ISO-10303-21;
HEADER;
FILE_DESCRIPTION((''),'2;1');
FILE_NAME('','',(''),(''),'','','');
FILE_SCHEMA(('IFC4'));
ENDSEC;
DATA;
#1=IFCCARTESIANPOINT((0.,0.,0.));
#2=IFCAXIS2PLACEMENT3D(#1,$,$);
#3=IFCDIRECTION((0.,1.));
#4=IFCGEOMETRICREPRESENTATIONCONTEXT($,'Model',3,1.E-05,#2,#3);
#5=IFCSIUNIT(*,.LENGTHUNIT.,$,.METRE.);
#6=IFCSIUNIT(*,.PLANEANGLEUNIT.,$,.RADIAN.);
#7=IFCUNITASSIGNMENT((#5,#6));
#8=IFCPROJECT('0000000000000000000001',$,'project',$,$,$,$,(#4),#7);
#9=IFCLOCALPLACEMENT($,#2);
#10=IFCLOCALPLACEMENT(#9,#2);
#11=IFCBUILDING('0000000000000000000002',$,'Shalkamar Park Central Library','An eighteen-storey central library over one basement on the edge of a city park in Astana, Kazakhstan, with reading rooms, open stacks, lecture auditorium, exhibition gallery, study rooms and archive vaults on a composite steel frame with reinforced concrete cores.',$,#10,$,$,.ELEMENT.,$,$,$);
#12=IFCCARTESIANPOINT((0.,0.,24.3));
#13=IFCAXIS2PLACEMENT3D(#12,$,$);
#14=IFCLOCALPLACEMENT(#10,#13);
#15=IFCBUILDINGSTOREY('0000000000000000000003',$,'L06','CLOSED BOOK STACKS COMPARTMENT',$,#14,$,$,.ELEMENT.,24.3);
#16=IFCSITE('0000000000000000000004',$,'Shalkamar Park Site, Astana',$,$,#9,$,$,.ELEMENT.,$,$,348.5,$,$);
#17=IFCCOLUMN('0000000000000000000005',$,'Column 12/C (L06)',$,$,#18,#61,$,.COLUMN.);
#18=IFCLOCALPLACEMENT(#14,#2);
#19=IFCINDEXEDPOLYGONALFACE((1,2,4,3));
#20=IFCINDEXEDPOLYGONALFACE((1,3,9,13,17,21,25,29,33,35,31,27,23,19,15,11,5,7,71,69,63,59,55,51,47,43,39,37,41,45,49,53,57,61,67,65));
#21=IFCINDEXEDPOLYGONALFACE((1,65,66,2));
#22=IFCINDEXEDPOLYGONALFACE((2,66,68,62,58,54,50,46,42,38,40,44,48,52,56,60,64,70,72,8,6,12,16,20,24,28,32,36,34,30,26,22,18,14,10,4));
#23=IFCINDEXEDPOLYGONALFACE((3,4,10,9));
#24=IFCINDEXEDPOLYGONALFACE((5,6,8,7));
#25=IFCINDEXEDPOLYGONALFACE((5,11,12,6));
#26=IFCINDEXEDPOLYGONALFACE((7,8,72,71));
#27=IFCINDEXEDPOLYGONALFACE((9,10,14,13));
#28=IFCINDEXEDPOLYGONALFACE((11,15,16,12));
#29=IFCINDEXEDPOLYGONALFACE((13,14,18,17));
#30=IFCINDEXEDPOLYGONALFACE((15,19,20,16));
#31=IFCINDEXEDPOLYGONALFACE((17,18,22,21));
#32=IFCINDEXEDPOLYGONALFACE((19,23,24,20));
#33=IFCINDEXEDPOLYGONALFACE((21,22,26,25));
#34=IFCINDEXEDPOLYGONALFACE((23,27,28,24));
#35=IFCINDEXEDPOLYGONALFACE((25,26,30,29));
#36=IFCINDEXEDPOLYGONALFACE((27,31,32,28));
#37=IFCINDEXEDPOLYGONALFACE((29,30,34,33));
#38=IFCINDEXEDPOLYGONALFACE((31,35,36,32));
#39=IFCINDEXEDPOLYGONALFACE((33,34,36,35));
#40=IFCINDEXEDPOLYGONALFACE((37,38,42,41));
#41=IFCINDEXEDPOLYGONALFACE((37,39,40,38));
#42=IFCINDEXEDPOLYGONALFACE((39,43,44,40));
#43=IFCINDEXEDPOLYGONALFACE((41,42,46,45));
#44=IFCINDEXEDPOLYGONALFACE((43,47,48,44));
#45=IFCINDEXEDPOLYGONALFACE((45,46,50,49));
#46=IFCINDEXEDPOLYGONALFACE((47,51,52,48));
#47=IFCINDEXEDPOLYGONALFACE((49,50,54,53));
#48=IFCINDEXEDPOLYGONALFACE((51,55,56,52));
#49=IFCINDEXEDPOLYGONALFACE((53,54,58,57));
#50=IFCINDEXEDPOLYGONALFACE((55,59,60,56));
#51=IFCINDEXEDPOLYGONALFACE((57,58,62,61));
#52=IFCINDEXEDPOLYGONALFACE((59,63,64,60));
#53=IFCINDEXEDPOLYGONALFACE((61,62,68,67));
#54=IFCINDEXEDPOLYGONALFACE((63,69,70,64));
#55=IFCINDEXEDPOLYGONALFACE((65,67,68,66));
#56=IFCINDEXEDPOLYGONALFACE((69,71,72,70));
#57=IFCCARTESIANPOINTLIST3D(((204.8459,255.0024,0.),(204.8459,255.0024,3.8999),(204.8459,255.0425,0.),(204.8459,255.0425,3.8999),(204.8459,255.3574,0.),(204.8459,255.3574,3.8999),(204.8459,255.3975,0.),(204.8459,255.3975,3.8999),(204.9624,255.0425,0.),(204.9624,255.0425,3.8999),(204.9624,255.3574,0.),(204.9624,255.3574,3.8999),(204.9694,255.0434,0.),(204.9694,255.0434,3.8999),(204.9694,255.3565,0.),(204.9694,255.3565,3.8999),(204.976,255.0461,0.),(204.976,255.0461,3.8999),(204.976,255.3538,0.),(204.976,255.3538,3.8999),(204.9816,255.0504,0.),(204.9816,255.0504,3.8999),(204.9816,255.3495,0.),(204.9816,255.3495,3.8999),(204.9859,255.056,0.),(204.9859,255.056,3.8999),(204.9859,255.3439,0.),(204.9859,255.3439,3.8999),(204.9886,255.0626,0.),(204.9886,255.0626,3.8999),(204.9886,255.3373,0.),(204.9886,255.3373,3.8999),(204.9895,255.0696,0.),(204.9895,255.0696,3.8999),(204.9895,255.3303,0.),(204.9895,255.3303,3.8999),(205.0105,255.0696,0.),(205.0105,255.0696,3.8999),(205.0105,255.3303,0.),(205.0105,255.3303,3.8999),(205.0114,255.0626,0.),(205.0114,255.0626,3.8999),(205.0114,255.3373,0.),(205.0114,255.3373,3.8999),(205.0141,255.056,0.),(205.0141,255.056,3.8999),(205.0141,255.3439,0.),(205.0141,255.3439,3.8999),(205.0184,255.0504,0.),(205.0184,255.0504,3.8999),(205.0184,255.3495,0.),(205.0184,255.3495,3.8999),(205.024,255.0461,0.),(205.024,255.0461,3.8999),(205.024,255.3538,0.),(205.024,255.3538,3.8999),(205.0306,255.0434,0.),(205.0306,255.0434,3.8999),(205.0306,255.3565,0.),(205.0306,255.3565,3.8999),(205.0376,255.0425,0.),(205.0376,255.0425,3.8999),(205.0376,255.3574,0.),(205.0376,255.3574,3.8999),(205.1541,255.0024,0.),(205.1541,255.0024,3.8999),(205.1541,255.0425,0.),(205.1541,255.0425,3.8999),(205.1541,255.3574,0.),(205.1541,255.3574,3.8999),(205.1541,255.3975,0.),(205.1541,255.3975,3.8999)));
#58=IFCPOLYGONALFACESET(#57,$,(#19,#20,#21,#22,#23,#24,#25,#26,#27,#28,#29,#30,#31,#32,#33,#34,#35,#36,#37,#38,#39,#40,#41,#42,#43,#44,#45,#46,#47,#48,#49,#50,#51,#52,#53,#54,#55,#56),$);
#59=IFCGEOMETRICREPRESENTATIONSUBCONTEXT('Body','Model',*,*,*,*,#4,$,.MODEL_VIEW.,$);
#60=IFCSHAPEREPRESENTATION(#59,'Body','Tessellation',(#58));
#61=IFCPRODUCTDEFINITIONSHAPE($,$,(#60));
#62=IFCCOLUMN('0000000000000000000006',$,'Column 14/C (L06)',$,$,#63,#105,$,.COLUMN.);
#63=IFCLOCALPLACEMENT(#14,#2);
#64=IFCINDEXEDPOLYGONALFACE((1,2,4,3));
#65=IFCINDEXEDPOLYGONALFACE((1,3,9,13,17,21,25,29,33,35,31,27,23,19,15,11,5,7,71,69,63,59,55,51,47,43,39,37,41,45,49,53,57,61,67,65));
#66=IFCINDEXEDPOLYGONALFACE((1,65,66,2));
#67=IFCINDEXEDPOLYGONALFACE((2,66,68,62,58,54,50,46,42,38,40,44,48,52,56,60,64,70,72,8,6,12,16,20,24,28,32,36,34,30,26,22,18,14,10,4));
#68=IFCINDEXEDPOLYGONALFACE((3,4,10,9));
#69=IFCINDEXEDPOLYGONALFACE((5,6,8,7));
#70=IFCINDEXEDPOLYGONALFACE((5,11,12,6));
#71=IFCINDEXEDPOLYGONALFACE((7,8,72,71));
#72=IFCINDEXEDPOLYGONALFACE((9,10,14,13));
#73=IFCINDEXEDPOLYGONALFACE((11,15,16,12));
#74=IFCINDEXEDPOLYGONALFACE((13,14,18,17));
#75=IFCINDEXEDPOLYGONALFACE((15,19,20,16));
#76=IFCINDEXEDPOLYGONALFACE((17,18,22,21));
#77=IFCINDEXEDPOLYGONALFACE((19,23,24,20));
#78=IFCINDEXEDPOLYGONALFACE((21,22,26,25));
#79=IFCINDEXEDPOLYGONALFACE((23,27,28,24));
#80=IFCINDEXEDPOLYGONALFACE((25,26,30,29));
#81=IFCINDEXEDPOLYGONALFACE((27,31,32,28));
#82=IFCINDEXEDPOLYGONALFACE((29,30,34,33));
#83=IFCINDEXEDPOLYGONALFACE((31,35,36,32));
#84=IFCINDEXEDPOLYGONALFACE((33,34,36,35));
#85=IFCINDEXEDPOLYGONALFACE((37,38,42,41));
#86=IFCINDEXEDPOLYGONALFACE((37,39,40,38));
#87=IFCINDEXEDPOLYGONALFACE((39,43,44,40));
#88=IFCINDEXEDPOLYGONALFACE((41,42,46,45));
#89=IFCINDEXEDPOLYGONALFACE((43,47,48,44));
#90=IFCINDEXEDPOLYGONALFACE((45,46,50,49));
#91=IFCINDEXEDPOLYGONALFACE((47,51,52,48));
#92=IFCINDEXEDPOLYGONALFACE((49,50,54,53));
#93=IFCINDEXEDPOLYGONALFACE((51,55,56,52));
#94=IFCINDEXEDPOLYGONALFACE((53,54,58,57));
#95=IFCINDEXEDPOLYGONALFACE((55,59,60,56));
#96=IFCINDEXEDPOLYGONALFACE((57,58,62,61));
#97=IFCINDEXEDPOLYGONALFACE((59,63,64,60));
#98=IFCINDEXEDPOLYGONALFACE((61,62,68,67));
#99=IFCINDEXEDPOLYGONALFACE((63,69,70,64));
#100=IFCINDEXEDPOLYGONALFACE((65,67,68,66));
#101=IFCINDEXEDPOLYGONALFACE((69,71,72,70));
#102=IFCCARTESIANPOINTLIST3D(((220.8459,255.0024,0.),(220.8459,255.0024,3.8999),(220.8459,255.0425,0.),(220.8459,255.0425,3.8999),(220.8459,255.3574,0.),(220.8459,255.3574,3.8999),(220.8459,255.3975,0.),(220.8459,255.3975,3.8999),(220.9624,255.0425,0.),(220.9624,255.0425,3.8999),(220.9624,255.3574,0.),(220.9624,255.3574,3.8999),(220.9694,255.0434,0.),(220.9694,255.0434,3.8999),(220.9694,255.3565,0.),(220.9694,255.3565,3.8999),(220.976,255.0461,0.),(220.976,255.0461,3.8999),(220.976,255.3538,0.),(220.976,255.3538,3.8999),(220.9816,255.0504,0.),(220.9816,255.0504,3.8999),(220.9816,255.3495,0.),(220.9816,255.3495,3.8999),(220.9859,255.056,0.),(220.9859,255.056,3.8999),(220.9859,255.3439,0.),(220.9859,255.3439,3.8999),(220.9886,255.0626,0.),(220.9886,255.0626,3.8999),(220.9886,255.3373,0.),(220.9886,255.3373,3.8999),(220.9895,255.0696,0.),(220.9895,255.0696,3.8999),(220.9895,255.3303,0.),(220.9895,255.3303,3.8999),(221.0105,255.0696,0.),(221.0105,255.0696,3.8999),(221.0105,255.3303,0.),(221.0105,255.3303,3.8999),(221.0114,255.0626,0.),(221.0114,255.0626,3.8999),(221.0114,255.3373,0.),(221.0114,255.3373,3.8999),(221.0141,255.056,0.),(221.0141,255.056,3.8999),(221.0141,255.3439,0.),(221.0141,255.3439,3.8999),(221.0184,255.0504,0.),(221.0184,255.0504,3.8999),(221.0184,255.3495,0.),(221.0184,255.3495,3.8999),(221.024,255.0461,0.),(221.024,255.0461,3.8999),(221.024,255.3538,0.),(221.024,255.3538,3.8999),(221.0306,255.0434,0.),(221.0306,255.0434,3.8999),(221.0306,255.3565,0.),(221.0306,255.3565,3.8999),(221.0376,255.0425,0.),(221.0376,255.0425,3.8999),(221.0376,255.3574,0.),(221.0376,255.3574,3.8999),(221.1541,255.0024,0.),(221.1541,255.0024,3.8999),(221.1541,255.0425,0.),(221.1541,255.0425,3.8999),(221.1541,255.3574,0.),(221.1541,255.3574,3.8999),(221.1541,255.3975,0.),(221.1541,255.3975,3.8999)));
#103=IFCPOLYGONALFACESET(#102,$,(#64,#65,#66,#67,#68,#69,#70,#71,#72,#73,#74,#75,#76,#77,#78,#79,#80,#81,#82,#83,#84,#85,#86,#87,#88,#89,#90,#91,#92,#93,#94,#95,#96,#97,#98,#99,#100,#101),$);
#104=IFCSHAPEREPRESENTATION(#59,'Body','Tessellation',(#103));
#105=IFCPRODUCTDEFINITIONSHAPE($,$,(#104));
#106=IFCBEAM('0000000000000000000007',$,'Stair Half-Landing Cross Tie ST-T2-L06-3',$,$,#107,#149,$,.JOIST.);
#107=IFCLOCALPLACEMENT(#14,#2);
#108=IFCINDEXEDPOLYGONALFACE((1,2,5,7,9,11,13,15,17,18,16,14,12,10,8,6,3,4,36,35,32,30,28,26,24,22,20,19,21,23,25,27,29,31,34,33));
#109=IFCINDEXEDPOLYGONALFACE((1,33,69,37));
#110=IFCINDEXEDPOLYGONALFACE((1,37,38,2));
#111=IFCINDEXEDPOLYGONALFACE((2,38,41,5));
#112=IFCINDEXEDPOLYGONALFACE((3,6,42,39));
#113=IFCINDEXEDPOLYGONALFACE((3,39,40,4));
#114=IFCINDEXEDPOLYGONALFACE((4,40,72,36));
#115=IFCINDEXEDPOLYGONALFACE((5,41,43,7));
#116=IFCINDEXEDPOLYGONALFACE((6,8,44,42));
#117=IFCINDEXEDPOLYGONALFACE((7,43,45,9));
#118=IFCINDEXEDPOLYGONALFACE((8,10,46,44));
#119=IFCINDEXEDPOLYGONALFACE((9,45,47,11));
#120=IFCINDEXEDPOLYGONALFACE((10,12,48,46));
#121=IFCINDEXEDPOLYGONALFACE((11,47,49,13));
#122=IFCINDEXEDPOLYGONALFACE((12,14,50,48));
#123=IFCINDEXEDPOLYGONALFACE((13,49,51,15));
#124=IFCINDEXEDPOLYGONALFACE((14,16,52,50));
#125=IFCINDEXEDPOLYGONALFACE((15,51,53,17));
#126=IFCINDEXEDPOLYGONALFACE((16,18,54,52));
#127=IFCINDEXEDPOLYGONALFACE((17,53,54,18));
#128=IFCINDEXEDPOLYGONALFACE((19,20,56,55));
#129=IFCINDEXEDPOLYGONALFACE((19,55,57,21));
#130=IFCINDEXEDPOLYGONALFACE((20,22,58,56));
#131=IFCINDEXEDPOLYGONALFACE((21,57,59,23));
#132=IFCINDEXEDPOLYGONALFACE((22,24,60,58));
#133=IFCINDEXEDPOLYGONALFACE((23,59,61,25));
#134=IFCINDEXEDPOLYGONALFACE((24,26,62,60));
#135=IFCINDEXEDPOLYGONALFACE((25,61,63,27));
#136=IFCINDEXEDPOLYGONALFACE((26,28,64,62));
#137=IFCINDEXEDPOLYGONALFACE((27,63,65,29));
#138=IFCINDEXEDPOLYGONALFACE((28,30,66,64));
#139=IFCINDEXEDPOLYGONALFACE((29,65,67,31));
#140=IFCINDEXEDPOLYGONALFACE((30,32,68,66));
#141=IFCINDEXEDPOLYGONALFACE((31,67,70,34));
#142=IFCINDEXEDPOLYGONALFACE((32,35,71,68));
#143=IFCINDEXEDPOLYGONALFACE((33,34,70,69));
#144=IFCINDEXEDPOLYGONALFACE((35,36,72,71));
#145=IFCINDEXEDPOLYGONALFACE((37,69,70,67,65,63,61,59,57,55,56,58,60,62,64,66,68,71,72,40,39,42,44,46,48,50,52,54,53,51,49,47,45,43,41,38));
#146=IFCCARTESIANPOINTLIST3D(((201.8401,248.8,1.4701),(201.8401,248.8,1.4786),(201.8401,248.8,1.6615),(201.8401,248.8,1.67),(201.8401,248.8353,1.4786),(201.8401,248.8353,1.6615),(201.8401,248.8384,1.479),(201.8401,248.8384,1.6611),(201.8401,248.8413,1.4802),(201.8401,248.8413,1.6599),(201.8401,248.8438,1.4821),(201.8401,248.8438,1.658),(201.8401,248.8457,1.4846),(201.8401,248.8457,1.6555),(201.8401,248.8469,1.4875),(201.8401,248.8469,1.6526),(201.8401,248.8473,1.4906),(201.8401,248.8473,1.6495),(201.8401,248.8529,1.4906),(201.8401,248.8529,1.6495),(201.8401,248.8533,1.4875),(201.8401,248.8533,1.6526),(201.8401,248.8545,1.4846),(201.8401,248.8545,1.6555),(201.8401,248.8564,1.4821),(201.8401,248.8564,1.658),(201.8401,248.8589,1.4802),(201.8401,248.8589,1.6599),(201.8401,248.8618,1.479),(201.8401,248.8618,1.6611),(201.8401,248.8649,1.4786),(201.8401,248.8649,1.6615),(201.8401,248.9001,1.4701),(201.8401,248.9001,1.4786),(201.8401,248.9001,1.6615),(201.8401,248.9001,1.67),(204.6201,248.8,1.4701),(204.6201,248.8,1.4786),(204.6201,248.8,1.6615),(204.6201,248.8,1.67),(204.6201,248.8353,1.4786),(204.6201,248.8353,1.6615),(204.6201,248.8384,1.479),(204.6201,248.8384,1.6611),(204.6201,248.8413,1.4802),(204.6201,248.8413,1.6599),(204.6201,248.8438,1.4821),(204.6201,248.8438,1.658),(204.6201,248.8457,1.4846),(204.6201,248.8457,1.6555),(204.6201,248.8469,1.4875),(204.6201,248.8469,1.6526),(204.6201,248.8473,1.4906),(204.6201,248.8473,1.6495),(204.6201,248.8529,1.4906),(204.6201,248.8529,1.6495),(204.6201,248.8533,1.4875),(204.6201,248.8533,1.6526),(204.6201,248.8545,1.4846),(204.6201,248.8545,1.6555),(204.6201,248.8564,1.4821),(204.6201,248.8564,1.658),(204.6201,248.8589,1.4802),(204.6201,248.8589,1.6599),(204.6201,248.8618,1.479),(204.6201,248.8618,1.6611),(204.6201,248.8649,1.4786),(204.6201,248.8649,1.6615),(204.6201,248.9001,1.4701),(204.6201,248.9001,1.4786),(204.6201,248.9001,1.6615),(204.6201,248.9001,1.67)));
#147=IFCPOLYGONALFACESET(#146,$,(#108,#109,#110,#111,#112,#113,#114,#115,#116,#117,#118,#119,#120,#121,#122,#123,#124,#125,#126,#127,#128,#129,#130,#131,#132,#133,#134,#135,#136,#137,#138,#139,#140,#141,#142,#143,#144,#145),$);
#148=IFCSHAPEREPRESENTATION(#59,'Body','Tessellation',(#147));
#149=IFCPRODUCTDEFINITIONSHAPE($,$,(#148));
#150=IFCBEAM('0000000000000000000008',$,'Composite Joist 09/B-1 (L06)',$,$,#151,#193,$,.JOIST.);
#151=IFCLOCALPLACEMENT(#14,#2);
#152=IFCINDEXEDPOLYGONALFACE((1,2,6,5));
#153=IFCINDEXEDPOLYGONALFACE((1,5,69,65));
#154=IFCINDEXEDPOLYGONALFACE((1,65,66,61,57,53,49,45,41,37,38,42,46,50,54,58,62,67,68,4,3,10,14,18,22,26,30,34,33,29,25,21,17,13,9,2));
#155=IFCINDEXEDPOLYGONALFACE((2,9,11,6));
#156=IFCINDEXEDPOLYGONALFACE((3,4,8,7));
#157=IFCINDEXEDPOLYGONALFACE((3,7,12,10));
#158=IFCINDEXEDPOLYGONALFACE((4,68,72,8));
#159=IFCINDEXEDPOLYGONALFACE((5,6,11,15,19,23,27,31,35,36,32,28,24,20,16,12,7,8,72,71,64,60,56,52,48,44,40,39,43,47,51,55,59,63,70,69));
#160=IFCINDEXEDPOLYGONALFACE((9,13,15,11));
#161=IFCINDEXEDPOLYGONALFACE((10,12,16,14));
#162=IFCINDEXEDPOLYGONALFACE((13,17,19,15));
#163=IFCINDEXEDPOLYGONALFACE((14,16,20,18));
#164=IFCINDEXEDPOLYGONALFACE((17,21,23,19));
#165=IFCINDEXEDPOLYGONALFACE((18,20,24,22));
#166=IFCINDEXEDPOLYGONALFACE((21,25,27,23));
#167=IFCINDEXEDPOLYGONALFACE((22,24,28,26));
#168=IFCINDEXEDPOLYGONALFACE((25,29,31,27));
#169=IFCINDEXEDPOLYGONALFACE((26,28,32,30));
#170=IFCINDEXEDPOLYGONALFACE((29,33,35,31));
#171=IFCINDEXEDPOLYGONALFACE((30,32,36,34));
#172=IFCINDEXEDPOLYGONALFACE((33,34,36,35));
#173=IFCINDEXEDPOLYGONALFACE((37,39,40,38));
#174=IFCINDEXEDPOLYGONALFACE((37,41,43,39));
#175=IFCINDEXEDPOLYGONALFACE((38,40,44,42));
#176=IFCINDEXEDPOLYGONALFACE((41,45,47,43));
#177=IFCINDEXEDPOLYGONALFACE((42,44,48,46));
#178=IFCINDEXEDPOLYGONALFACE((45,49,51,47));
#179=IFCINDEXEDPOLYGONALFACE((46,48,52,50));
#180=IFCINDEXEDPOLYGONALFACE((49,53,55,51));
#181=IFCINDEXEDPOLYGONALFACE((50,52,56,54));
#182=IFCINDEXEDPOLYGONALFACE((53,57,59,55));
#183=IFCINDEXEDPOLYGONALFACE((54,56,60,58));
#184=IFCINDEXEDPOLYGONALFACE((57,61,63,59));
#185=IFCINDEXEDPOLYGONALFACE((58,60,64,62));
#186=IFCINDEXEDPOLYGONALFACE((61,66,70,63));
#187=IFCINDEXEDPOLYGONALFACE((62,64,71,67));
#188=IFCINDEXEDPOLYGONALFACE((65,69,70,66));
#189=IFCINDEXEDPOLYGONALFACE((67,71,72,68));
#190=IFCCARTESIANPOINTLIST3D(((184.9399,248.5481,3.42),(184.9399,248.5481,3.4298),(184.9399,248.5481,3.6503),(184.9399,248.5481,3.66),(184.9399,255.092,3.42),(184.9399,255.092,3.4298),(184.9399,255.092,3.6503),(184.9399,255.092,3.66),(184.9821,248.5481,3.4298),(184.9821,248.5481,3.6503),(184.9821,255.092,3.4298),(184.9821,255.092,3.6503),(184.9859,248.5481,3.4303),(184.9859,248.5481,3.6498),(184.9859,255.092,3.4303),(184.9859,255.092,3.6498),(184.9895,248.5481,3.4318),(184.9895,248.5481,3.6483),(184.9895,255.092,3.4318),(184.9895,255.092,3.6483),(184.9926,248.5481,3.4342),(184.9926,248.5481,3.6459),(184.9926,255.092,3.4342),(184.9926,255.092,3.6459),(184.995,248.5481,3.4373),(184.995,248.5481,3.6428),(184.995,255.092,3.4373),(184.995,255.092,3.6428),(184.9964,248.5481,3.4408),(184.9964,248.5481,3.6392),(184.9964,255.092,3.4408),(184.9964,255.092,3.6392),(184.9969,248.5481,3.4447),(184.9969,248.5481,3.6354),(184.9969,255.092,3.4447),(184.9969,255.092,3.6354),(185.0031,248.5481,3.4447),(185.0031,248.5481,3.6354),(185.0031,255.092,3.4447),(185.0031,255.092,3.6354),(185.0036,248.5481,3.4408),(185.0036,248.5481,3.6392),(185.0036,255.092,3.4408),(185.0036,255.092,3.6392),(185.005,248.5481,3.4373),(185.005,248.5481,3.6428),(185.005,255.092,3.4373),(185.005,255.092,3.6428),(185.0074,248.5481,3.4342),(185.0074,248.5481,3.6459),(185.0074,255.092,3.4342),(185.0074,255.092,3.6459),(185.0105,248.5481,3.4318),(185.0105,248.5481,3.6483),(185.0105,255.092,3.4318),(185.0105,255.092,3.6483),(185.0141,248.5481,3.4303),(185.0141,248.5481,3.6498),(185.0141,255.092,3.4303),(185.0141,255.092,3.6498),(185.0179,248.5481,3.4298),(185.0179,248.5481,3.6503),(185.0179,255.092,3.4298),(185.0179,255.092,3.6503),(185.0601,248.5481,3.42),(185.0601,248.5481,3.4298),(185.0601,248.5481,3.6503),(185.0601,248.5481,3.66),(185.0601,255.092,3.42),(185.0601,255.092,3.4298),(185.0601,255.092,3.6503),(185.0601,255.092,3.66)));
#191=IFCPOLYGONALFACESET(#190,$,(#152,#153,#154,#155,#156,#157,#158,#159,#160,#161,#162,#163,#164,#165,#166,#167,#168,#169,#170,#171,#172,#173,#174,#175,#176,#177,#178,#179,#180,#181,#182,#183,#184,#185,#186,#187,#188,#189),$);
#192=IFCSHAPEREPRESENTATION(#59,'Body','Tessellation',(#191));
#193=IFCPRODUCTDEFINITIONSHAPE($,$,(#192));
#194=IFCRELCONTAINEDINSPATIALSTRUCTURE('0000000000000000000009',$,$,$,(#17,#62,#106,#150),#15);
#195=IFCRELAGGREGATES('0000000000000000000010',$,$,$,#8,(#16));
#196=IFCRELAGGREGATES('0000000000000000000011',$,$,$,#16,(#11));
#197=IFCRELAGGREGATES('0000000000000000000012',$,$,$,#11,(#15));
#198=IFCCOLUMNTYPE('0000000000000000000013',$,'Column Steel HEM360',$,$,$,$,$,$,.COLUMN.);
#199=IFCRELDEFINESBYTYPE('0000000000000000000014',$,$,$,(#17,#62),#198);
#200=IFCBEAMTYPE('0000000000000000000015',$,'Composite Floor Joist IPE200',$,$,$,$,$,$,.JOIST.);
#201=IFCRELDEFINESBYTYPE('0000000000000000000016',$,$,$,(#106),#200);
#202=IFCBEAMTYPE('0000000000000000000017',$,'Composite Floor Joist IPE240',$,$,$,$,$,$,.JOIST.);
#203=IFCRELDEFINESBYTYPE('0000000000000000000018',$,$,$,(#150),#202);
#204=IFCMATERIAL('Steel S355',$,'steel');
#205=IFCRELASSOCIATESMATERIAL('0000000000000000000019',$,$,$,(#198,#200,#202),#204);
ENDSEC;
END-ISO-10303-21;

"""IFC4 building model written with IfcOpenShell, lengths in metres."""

from ifc_helpers import new_model, si_unit, direction, frame, origin, origin_2d, place, context, subcontext, project, spatial, i_section, extrude, material, material_profile, profile_set, type_object, element, save


model = new_model("IFC4")

# Units and contexts
model_context = context("Model", 3, precision=1e-05, world=origin(), true_north=direction((0.0, 1.0)))
body_context = subcontext(model_context, "Body", "Model", "MODEL_VIEW")
ifc_project = project(units=[si_unit("LENGTHUNIT", "METRE"), si_unit("PLANEANGLEUNIT", "RADIAN")], contexts=[model_context])

# Site, building, storey
site_placement = place(None, origin())
site = spatial("IfcSite", under=ifc_project, at=site_placement, Name="Shalkamar Park Site, Astana", CompositionType="ELEMENT", RefElevation=348.5)
building_placement = place(site_placement, origin())
building = spatial("IfcBuilding", under=site, at=building_placement, Name="Shalkamar Park Central Library", Description="An eighteen-storey central library over one basement on the edge of a city park in Astana, Kazakhstan, with reading rooms, open stacks, lecture auditorium, exhibition gallery, study rooms and archive vaults on a composite steel frame with reinforced concrete cores.", CompositionType="ELEMENT")
storey_placement = place(building_placement, frame((0.0, 0.0, 24.3)))
storey = spatial("IfcBuildingStorey", under=building, at=storey_placement, Name="L06", Description="CLOSED BOOK STACKS COMPARTMENT", CompositionType="ELEMENT", Elevation=24.3)

# Columns
ifc_material_1 = material(Name="Steel S355", Category="steel")
ifc_material_profile_1 = material_profile(ifc_material_1, i_section(OverallWidth=0.3081, OverallDepth=0.395, WebThickness=0.021, FlangeThickness=0.04, FilletRadius=0.0271, at=origin_2d()), Name="HEM 360")
ifc_profile_set_1 = profile_set([ifc_material_profile_1], Name="Steel S355")
column_type_1 = type_object("IfcColumnType", Name="Column Steel HEM360", PredefinedType="COLUMN", material=ifc_profile_set_1)
for number, where, z_axis, x_axis, name in (
    (1, (205.0, 255.2, 0.0), (0.0, 0.0, 1.0), (1.0, 0.0, 0.0), "Column 12/C (L06)"),
    (2, (221.0, 255.2, 0.0), (0.0, 0.0, 1.0), (1.0, 0.0, 0.0), "Column 14/C (L06)"),
):
    element("IfcColumn", number, at=place(storey_placement, frame(where, z_axis=z_axis, x_axis=x_axis)), inside=storey, type_object=column_type_1, Name=name, PredefinedType="COLUMN", context=body_context, shape_type="SweptSolid", body=[
        extrude(i_section(OverallWidth=0.3081, OverallDepth=0.395, WebThickness=0.021, FlangeThickness=0.04, FilletRadius=0.0271, at=origin_2d()), origin(), (0.0, 0.0, 1.0), 3.8999),
    ])

# Beams
ifc_material_profile_2 = material_profile(ifc_material_1, i_section(OverallWidth=0.1001, OverallDepth=0.2, WebThickness=0.0056, FlangeThickness=0.0085, FilletRadius=0.012, at=origin_2d()), Name="IPE 200")
ifc_profile_set_2 = profile_set([ifc_material_profile_2], Name="Steel S355")
beam_type_1 = type_object("IfcBeamType", Name="Composite Floor Joist IPE200", PredefinedType="JOIST", material=ifc_profile_set_2)
beam_1_placement = place(storey_placement, frame((201.8401, 248.8501, 1.5701), z_axis=(1.0, 0.0, 0.0), x_axis=(0.0, 1.0, 0.0)))
element("IfcBeam", 3, at=beam_1_placement, inside=storey, type_object=beam_type_1, Name="Stair Half-Landing Cross Tie ST-T2-L06-3", PredefinedType="JOIST", context=body_context, shape_type="SweptSolid", body=[
    extrude(i_section(OverallWidth=0.1001, OverallDepth=0.2, WebThickness=0.0056, FlangeThickness=0.0085, FilletRadius=0.012, at=origin_2d()), origin(), (0.0, 0.0, 1.0), 2.78),
])
ifc_material_profile_3 = material_profile(ifc_material_1, i_section(OverallWidth=0.1201, OverallDepth=0.24, WebThickness=0.0061, FlangeThickness=0.0098, FilletRadius=0.0149, at=origin_2d()), Name="IPE 240")
ifc_profile_set_3 = profile_set([ifc_material_profile_3], Name="Steel S355")
beam_type_2 = type_object("IfcBeamType", Name="Composite Floor Joist IPE240", PredefinedType="JOIST", material=ifc_profile_set_3)
for number, where, z_axis, x_axis, name in (
    (4, (185.0, 248.5481, 3.54), (0.0, 1.0, 0.0), (-1.0, 0.0, 0.0), "Composite Joist 09/B-1 (L06)"),
):
    element("IfcBeam", number, at=place(storey_placement, frame(where, z_axis=z_axis, x_axis=x_axis)), inside=storey, type_object=beam_type_2, Name=name, PredefinedType="JOIST", context=body_context, shape_type="SweptSolid", body=[
        extrude(i_section(OverallWidth=0.1201, OverallDepth=0.24, WebThickness=0.0061, FlangeThickness=0.0098, FilletRadius=0.0149, at=origin_2d()), origin(), (0.0, 0.0, 1.0), 6.5439),
    ])

save(model, "model.ifc")
